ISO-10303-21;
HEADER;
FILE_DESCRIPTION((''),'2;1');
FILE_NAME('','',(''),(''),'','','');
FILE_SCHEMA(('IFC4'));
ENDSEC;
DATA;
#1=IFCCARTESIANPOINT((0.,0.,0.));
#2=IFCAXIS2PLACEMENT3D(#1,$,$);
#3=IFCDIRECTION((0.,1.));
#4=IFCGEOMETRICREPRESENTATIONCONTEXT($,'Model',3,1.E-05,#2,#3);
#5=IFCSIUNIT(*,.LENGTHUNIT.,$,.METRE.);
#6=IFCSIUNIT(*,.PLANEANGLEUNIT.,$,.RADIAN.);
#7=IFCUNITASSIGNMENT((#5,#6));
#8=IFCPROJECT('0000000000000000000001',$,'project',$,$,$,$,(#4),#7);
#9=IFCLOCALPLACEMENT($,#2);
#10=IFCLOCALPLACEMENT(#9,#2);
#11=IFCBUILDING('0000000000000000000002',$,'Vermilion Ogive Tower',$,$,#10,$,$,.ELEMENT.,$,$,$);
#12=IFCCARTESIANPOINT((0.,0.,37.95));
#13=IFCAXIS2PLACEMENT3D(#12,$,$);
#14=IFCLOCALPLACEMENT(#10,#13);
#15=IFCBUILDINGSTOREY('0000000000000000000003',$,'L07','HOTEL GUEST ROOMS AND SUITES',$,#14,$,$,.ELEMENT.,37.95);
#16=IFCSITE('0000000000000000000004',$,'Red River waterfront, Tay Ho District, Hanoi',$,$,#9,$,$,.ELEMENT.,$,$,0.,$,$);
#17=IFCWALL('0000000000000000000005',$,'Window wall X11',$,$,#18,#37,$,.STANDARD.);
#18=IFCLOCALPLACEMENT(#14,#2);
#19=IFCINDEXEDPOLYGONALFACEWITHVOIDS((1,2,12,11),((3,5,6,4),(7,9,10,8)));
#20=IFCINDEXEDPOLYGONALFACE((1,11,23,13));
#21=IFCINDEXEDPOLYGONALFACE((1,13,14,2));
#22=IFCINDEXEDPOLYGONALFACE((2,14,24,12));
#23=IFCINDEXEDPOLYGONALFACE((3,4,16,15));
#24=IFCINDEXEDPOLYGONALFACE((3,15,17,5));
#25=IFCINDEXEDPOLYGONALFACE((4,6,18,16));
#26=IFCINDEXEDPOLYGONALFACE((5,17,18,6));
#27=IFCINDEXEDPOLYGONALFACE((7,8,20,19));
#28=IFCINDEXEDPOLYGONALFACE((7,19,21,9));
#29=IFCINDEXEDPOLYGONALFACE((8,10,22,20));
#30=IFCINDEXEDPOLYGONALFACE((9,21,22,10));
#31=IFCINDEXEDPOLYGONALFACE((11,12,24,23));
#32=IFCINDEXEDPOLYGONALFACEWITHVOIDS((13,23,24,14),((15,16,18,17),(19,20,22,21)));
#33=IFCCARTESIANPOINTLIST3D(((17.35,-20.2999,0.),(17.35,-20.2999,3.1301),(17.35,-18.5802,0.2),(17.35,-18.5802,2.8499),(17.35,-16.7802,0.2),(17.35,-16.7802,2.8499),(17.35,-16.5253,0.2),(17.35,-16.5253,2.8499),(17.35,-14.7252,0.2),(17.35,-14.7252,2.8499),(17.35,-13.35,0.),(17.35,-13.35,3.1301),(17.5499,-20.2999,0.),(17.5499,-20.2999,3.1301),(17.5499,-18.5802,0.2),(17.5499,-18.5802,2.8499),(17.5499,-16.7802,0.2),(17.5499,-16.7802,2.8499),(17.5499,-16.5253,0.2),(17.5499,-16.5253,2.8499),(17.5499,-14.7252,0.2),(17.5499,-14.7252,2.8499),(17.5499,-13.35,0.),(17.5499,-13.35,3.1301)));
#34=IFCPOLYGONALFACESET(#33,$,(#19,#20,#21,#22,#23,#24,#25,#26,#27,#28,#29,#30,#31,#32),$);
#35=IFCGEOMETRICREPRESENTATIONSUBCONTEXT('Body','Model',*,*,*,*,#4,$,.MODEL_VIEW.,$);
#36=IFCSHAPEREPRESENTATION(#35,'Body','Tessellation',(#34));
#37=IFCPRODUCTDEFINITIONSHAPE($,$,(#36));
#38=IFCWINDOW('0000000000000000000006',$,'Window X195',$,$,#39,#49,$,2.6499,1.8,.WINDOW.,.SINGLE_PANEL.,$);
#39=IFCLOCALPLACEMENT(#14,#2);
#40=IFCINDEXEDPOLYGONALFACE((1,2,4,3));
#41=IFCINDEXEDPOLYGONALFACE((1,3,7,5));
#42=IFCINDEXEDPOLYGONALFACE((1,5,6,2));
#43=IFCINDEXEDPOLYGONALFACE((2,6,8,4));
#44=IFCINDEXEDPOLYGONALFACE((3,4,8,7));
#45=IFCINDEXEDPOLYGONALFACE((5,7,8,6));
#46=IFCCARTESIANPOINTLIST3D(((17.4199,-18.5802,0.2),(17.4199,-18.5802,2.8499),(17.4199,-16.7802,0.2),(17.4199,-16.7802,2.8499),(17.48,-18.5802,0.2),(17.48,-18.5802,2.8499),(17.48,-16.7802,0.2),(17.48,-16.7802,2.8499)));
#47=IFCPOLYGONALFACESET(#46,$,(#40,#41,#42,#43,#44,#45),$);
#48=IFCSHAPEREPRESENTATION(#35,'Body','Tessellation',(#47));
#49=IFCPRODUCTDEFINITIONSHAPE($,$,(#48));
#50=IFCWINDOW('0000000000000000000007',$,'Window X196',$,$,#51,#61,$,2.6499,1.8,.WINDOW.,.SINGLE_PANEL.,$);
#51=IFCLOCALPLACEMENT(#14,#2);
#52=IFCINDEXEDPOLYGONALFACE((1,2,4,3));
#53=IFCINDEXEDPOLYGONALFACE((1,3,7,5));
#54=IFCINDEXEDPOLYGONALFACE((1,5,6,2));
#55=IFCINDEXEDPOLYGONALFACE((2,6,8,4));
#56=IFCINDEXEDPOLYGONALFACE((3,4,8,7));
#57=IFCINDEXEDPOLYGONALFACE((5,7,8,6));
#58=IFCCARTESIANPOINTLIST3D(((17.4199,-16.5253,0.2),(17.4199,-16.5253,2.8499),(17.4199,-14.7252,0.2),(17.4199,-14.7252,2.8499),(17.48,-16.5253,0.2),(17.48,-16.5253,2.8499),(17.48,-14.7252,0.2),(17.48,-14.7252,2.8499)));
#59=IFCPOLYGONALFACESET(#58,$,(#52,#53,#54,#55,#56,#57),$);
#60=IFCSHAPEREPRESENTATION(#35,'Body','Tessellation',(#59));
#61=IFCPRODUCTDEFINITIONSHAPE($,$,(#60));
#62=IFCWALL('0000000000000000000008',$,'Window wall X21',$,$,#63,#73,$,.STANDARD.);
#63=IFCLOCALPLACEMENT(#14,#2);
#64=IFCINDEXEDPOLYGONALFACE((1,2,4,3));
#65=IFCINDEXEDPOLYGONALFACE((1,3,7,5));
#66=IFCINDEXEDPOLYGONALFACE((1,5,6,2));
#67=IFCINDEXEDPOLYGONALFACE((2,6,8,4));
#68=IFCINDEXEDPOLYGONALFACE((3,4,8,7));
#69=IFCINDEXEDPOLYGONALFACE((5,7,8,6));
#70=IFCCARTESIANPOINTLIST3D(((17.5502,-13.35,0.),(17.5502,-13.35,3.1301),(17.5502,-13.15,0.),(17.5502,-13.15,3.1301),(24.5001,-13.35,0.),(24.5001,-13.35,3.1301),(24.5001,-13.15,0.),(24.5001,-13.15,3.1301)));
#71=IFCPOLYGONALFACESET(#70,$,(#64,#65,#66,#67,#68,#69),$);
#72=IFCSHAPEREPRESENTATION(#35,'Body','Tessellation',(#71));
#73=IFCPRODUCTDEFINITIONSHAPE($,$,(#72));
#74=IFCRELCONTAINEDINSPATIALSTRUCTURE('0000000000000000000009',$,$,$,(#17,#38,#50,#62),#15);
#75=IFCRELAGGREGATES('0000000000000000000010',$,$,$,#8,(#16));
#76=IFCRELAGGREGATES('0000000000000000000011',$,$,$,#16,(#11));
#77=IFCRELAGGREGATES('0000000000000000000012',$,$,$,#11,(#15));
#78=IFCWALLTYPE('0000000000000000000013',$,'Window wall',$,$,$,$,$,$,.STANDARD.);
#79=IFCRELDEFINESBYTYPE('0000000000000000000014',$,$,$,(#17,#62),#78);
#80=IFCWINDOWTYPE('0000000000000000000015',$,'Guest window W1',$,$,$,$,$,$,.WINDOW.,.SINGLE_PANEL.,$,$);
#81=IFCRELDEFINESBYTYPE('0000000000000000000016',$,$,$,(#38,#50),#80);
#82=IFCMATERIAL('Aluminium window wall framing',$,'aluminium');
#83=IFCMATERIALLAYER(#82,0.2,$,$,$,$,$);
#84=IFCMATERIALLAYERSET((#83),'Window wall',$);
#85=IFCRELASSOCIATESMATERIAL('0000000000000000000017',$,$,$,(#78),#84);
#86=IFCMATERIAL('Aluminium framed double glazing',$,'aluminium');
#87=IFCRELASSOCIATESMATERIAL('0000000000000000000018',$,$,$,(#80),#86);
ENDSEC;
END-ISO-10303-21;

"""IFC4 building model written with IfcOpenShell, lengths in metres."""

from ifc_helpers import new_model, si_unit, direction, frame, frame_2d, origin, place, context, subcontext, project, spatial, rectangle, extrude, material, layer, layer_set, type_object, element, fill, save


model = new_model("IFC4")

# Units and contexts
model_context = context("Model", 3, precision=1e-05, world=origin(), true_north=direction((0.0, 1.0)))
body_context = subcontext(model_context, "Body", "Model", "MODEL_VIEW")
ifc_project = project(units=[si_unit("LENGTHUNIT", "METRE"), si_unit("PLANEANGLEUNIT", "RADIAN")], contexts=[model_context])

# Site, building, storey
site_placement = place(None, origin())
site = spatial("IfcSite", under=ifc_project, at=site_placement, Name="Red River waterfront, Tay Ho District, Hanoi", CompositionType="ELEMENT", RefElevation=0.0)
building_placement = place(site_placement, origin())
building = spatial("IfcBuilding", under=site, at=building_placement, Name="Vermilion Ogive Tower", CompositionType="ELEMENT")
storey_placement = place(building_placement, frame((0.0, 0.0, 37.95)))
storey = spatial("IfcBuildingStorey", under=building, at=storey_placement, Name="L07", Description="HOTEL GUEST ROOMS AND SUITES", CompositionType="ELEMENT", Elevation=37.95)

# Wall, openings, windows
ifc_material_1 = material(Name="Aluminium window wall framing", Category="aluminium")
ifc_layer_1 = layer(ifc_material_1, 0.2)
ifc_layer_set_1 = layer_set([ifc_layer_1], Name="Window wall")
wall_type = type_object("IfcWallType", Name="Window wall", PredefinedType="STANDARD", material=ifc_layer_set_1)
wall_1_placement = place(storey_placement, frame((17.45, -20.3, 0.0), z_axis=(0.0, 0.0, 1.0), x_axis=(0.0, 1.0, 0.0)))
wall_1 = element("IfcWall", 1, at=wall_1_placement, inside=storey, type_object=wall_type, Name="Window wall X11", PredefinedType="STANDARD", context=body_context, shape_type="SweptSolid", body=[
    extrude(rectangle(XDim=6.95, YDim=0.2, at=frame_2d((3.4751, 0.0))), origin(), (0.0, 0.0, 1.0), 3.1301),
])
opening_1_placement = place(wall_1_placement, frame((1.72, 0.0, 0.2)))
opening_1 = element("IfcOpeningElement", 2, at=opening_1_placement, cuts=wall_1, PredefinedType="OPENING", context=body_context, shape_type="SweptSolid", body=[
    extrude(rectangle(XDim=1.8, YDim=2.6499, at=frame_2d((0.8999, 1.325))), frame((0.0, 0.1099, 0.0), z_axis=(0.0, -1.0, 0.0), x_axis=(1.0, 0.0, 0.0)), (0.0, 0.0, 1.0), 0.22),
])
opening_2_placement = place(wall_1_placement, frame((3.7749, 0.0, 0.2)))
opening_2 = element("IfcOpeningElement", 3, at=opening_2_placement, cuts=wall_1, PredefinedType="OPENING", context=body_context, shape_type="SweptSolid", body=[
    extrude(rectangle(XDim=1.8, YDim=2.6499, at=frame_2d((0.8999, 1.325))), frame((0.0, 0.1099, 0.0), z_axis=(0.0, -1.0, 0.0), x_axis=(1.0, 0.0, 0.0)), (0.0, 0.0, 1.0), 0.22),
])
ifc_material_2 = material(Name="Aluminium framed double glazing", Category="aluminium")
window_type = type_object("IfcWindowType", Name="Guest window W1", PartitioningType="SINGLE_PANEL", PredefinedType="WINDOW", material=ifc_material_2)
window_1_placement = place(opening_1_placement, origin())
window_1 = element("IfcWindow", 4, at=window_1_placement, inside=storey, type_object=window_type, Name="Window X195", OverallHeight=2.6499, OverallWidth=1.8, PartitioningType="SINGLE_PANEL", PredefinedType="WINDOW", context=body_context, shape_type="SweptSolid", body=[
    extrude(rectangle(XDim=1.8, YDim=2.6499, at=frame_2d((0.8999, 1.325))), frame((0.0, 0.03, 0.0), z_axis=(0.0, -1.0, 0.0), x_axis=(1.0, 0.0, 0.0)), (0.0, 0.0, 1.0), 0.0601),
])
fill(opening_1, window_1)
window_2_placement = place(opening_2_placement, origin())
window_2 = element("IfcWindow", 5, at=window_2_placement, inside=storey, type_object=window_type, Name="Window X196", OverallHeight=2.6499, OverallWidth=1.8, PartitioningType="SINGLE_PANEL", PredefinedType="WINDOW", context=body_context, shape_type="SweptSolid", body=[
    extrude(rectangle(XDim=1.8, YDim=2.6499, at=frame_2d((0.8999, 1.325))), frame((0.0, 0.03, 0.0), z_axis=(0.0, -1.0, 0.0), x_axis=(1.0, 0.0, 0.0)), (0.0, 0.0, 1.0), 0.0601),
])
fill(opening_2, window_2)

# Wall
wall_2_placement = place(storey_placement, frame((17.55, -13.25, 0.0), z_axis=(0.0, 0.0, 1.0), x_axis=(1.0, 0.0, 0.0)))
element("IfcWall", 6, at=wall_2_placement, inside=storey, type_object=wall_type, Name="Window wall X21", PredefinedType="STANDARD", context=body_context, shape_type="SweptSolid", body=[
    extrude(rectangle(XDim=6.95, YDim=0.2, at=frame_2d((3.4751, 0.0))), origin(), (0.0, 0.0, 1.0), 3.1301),
])

save(model, "model.ifc")
